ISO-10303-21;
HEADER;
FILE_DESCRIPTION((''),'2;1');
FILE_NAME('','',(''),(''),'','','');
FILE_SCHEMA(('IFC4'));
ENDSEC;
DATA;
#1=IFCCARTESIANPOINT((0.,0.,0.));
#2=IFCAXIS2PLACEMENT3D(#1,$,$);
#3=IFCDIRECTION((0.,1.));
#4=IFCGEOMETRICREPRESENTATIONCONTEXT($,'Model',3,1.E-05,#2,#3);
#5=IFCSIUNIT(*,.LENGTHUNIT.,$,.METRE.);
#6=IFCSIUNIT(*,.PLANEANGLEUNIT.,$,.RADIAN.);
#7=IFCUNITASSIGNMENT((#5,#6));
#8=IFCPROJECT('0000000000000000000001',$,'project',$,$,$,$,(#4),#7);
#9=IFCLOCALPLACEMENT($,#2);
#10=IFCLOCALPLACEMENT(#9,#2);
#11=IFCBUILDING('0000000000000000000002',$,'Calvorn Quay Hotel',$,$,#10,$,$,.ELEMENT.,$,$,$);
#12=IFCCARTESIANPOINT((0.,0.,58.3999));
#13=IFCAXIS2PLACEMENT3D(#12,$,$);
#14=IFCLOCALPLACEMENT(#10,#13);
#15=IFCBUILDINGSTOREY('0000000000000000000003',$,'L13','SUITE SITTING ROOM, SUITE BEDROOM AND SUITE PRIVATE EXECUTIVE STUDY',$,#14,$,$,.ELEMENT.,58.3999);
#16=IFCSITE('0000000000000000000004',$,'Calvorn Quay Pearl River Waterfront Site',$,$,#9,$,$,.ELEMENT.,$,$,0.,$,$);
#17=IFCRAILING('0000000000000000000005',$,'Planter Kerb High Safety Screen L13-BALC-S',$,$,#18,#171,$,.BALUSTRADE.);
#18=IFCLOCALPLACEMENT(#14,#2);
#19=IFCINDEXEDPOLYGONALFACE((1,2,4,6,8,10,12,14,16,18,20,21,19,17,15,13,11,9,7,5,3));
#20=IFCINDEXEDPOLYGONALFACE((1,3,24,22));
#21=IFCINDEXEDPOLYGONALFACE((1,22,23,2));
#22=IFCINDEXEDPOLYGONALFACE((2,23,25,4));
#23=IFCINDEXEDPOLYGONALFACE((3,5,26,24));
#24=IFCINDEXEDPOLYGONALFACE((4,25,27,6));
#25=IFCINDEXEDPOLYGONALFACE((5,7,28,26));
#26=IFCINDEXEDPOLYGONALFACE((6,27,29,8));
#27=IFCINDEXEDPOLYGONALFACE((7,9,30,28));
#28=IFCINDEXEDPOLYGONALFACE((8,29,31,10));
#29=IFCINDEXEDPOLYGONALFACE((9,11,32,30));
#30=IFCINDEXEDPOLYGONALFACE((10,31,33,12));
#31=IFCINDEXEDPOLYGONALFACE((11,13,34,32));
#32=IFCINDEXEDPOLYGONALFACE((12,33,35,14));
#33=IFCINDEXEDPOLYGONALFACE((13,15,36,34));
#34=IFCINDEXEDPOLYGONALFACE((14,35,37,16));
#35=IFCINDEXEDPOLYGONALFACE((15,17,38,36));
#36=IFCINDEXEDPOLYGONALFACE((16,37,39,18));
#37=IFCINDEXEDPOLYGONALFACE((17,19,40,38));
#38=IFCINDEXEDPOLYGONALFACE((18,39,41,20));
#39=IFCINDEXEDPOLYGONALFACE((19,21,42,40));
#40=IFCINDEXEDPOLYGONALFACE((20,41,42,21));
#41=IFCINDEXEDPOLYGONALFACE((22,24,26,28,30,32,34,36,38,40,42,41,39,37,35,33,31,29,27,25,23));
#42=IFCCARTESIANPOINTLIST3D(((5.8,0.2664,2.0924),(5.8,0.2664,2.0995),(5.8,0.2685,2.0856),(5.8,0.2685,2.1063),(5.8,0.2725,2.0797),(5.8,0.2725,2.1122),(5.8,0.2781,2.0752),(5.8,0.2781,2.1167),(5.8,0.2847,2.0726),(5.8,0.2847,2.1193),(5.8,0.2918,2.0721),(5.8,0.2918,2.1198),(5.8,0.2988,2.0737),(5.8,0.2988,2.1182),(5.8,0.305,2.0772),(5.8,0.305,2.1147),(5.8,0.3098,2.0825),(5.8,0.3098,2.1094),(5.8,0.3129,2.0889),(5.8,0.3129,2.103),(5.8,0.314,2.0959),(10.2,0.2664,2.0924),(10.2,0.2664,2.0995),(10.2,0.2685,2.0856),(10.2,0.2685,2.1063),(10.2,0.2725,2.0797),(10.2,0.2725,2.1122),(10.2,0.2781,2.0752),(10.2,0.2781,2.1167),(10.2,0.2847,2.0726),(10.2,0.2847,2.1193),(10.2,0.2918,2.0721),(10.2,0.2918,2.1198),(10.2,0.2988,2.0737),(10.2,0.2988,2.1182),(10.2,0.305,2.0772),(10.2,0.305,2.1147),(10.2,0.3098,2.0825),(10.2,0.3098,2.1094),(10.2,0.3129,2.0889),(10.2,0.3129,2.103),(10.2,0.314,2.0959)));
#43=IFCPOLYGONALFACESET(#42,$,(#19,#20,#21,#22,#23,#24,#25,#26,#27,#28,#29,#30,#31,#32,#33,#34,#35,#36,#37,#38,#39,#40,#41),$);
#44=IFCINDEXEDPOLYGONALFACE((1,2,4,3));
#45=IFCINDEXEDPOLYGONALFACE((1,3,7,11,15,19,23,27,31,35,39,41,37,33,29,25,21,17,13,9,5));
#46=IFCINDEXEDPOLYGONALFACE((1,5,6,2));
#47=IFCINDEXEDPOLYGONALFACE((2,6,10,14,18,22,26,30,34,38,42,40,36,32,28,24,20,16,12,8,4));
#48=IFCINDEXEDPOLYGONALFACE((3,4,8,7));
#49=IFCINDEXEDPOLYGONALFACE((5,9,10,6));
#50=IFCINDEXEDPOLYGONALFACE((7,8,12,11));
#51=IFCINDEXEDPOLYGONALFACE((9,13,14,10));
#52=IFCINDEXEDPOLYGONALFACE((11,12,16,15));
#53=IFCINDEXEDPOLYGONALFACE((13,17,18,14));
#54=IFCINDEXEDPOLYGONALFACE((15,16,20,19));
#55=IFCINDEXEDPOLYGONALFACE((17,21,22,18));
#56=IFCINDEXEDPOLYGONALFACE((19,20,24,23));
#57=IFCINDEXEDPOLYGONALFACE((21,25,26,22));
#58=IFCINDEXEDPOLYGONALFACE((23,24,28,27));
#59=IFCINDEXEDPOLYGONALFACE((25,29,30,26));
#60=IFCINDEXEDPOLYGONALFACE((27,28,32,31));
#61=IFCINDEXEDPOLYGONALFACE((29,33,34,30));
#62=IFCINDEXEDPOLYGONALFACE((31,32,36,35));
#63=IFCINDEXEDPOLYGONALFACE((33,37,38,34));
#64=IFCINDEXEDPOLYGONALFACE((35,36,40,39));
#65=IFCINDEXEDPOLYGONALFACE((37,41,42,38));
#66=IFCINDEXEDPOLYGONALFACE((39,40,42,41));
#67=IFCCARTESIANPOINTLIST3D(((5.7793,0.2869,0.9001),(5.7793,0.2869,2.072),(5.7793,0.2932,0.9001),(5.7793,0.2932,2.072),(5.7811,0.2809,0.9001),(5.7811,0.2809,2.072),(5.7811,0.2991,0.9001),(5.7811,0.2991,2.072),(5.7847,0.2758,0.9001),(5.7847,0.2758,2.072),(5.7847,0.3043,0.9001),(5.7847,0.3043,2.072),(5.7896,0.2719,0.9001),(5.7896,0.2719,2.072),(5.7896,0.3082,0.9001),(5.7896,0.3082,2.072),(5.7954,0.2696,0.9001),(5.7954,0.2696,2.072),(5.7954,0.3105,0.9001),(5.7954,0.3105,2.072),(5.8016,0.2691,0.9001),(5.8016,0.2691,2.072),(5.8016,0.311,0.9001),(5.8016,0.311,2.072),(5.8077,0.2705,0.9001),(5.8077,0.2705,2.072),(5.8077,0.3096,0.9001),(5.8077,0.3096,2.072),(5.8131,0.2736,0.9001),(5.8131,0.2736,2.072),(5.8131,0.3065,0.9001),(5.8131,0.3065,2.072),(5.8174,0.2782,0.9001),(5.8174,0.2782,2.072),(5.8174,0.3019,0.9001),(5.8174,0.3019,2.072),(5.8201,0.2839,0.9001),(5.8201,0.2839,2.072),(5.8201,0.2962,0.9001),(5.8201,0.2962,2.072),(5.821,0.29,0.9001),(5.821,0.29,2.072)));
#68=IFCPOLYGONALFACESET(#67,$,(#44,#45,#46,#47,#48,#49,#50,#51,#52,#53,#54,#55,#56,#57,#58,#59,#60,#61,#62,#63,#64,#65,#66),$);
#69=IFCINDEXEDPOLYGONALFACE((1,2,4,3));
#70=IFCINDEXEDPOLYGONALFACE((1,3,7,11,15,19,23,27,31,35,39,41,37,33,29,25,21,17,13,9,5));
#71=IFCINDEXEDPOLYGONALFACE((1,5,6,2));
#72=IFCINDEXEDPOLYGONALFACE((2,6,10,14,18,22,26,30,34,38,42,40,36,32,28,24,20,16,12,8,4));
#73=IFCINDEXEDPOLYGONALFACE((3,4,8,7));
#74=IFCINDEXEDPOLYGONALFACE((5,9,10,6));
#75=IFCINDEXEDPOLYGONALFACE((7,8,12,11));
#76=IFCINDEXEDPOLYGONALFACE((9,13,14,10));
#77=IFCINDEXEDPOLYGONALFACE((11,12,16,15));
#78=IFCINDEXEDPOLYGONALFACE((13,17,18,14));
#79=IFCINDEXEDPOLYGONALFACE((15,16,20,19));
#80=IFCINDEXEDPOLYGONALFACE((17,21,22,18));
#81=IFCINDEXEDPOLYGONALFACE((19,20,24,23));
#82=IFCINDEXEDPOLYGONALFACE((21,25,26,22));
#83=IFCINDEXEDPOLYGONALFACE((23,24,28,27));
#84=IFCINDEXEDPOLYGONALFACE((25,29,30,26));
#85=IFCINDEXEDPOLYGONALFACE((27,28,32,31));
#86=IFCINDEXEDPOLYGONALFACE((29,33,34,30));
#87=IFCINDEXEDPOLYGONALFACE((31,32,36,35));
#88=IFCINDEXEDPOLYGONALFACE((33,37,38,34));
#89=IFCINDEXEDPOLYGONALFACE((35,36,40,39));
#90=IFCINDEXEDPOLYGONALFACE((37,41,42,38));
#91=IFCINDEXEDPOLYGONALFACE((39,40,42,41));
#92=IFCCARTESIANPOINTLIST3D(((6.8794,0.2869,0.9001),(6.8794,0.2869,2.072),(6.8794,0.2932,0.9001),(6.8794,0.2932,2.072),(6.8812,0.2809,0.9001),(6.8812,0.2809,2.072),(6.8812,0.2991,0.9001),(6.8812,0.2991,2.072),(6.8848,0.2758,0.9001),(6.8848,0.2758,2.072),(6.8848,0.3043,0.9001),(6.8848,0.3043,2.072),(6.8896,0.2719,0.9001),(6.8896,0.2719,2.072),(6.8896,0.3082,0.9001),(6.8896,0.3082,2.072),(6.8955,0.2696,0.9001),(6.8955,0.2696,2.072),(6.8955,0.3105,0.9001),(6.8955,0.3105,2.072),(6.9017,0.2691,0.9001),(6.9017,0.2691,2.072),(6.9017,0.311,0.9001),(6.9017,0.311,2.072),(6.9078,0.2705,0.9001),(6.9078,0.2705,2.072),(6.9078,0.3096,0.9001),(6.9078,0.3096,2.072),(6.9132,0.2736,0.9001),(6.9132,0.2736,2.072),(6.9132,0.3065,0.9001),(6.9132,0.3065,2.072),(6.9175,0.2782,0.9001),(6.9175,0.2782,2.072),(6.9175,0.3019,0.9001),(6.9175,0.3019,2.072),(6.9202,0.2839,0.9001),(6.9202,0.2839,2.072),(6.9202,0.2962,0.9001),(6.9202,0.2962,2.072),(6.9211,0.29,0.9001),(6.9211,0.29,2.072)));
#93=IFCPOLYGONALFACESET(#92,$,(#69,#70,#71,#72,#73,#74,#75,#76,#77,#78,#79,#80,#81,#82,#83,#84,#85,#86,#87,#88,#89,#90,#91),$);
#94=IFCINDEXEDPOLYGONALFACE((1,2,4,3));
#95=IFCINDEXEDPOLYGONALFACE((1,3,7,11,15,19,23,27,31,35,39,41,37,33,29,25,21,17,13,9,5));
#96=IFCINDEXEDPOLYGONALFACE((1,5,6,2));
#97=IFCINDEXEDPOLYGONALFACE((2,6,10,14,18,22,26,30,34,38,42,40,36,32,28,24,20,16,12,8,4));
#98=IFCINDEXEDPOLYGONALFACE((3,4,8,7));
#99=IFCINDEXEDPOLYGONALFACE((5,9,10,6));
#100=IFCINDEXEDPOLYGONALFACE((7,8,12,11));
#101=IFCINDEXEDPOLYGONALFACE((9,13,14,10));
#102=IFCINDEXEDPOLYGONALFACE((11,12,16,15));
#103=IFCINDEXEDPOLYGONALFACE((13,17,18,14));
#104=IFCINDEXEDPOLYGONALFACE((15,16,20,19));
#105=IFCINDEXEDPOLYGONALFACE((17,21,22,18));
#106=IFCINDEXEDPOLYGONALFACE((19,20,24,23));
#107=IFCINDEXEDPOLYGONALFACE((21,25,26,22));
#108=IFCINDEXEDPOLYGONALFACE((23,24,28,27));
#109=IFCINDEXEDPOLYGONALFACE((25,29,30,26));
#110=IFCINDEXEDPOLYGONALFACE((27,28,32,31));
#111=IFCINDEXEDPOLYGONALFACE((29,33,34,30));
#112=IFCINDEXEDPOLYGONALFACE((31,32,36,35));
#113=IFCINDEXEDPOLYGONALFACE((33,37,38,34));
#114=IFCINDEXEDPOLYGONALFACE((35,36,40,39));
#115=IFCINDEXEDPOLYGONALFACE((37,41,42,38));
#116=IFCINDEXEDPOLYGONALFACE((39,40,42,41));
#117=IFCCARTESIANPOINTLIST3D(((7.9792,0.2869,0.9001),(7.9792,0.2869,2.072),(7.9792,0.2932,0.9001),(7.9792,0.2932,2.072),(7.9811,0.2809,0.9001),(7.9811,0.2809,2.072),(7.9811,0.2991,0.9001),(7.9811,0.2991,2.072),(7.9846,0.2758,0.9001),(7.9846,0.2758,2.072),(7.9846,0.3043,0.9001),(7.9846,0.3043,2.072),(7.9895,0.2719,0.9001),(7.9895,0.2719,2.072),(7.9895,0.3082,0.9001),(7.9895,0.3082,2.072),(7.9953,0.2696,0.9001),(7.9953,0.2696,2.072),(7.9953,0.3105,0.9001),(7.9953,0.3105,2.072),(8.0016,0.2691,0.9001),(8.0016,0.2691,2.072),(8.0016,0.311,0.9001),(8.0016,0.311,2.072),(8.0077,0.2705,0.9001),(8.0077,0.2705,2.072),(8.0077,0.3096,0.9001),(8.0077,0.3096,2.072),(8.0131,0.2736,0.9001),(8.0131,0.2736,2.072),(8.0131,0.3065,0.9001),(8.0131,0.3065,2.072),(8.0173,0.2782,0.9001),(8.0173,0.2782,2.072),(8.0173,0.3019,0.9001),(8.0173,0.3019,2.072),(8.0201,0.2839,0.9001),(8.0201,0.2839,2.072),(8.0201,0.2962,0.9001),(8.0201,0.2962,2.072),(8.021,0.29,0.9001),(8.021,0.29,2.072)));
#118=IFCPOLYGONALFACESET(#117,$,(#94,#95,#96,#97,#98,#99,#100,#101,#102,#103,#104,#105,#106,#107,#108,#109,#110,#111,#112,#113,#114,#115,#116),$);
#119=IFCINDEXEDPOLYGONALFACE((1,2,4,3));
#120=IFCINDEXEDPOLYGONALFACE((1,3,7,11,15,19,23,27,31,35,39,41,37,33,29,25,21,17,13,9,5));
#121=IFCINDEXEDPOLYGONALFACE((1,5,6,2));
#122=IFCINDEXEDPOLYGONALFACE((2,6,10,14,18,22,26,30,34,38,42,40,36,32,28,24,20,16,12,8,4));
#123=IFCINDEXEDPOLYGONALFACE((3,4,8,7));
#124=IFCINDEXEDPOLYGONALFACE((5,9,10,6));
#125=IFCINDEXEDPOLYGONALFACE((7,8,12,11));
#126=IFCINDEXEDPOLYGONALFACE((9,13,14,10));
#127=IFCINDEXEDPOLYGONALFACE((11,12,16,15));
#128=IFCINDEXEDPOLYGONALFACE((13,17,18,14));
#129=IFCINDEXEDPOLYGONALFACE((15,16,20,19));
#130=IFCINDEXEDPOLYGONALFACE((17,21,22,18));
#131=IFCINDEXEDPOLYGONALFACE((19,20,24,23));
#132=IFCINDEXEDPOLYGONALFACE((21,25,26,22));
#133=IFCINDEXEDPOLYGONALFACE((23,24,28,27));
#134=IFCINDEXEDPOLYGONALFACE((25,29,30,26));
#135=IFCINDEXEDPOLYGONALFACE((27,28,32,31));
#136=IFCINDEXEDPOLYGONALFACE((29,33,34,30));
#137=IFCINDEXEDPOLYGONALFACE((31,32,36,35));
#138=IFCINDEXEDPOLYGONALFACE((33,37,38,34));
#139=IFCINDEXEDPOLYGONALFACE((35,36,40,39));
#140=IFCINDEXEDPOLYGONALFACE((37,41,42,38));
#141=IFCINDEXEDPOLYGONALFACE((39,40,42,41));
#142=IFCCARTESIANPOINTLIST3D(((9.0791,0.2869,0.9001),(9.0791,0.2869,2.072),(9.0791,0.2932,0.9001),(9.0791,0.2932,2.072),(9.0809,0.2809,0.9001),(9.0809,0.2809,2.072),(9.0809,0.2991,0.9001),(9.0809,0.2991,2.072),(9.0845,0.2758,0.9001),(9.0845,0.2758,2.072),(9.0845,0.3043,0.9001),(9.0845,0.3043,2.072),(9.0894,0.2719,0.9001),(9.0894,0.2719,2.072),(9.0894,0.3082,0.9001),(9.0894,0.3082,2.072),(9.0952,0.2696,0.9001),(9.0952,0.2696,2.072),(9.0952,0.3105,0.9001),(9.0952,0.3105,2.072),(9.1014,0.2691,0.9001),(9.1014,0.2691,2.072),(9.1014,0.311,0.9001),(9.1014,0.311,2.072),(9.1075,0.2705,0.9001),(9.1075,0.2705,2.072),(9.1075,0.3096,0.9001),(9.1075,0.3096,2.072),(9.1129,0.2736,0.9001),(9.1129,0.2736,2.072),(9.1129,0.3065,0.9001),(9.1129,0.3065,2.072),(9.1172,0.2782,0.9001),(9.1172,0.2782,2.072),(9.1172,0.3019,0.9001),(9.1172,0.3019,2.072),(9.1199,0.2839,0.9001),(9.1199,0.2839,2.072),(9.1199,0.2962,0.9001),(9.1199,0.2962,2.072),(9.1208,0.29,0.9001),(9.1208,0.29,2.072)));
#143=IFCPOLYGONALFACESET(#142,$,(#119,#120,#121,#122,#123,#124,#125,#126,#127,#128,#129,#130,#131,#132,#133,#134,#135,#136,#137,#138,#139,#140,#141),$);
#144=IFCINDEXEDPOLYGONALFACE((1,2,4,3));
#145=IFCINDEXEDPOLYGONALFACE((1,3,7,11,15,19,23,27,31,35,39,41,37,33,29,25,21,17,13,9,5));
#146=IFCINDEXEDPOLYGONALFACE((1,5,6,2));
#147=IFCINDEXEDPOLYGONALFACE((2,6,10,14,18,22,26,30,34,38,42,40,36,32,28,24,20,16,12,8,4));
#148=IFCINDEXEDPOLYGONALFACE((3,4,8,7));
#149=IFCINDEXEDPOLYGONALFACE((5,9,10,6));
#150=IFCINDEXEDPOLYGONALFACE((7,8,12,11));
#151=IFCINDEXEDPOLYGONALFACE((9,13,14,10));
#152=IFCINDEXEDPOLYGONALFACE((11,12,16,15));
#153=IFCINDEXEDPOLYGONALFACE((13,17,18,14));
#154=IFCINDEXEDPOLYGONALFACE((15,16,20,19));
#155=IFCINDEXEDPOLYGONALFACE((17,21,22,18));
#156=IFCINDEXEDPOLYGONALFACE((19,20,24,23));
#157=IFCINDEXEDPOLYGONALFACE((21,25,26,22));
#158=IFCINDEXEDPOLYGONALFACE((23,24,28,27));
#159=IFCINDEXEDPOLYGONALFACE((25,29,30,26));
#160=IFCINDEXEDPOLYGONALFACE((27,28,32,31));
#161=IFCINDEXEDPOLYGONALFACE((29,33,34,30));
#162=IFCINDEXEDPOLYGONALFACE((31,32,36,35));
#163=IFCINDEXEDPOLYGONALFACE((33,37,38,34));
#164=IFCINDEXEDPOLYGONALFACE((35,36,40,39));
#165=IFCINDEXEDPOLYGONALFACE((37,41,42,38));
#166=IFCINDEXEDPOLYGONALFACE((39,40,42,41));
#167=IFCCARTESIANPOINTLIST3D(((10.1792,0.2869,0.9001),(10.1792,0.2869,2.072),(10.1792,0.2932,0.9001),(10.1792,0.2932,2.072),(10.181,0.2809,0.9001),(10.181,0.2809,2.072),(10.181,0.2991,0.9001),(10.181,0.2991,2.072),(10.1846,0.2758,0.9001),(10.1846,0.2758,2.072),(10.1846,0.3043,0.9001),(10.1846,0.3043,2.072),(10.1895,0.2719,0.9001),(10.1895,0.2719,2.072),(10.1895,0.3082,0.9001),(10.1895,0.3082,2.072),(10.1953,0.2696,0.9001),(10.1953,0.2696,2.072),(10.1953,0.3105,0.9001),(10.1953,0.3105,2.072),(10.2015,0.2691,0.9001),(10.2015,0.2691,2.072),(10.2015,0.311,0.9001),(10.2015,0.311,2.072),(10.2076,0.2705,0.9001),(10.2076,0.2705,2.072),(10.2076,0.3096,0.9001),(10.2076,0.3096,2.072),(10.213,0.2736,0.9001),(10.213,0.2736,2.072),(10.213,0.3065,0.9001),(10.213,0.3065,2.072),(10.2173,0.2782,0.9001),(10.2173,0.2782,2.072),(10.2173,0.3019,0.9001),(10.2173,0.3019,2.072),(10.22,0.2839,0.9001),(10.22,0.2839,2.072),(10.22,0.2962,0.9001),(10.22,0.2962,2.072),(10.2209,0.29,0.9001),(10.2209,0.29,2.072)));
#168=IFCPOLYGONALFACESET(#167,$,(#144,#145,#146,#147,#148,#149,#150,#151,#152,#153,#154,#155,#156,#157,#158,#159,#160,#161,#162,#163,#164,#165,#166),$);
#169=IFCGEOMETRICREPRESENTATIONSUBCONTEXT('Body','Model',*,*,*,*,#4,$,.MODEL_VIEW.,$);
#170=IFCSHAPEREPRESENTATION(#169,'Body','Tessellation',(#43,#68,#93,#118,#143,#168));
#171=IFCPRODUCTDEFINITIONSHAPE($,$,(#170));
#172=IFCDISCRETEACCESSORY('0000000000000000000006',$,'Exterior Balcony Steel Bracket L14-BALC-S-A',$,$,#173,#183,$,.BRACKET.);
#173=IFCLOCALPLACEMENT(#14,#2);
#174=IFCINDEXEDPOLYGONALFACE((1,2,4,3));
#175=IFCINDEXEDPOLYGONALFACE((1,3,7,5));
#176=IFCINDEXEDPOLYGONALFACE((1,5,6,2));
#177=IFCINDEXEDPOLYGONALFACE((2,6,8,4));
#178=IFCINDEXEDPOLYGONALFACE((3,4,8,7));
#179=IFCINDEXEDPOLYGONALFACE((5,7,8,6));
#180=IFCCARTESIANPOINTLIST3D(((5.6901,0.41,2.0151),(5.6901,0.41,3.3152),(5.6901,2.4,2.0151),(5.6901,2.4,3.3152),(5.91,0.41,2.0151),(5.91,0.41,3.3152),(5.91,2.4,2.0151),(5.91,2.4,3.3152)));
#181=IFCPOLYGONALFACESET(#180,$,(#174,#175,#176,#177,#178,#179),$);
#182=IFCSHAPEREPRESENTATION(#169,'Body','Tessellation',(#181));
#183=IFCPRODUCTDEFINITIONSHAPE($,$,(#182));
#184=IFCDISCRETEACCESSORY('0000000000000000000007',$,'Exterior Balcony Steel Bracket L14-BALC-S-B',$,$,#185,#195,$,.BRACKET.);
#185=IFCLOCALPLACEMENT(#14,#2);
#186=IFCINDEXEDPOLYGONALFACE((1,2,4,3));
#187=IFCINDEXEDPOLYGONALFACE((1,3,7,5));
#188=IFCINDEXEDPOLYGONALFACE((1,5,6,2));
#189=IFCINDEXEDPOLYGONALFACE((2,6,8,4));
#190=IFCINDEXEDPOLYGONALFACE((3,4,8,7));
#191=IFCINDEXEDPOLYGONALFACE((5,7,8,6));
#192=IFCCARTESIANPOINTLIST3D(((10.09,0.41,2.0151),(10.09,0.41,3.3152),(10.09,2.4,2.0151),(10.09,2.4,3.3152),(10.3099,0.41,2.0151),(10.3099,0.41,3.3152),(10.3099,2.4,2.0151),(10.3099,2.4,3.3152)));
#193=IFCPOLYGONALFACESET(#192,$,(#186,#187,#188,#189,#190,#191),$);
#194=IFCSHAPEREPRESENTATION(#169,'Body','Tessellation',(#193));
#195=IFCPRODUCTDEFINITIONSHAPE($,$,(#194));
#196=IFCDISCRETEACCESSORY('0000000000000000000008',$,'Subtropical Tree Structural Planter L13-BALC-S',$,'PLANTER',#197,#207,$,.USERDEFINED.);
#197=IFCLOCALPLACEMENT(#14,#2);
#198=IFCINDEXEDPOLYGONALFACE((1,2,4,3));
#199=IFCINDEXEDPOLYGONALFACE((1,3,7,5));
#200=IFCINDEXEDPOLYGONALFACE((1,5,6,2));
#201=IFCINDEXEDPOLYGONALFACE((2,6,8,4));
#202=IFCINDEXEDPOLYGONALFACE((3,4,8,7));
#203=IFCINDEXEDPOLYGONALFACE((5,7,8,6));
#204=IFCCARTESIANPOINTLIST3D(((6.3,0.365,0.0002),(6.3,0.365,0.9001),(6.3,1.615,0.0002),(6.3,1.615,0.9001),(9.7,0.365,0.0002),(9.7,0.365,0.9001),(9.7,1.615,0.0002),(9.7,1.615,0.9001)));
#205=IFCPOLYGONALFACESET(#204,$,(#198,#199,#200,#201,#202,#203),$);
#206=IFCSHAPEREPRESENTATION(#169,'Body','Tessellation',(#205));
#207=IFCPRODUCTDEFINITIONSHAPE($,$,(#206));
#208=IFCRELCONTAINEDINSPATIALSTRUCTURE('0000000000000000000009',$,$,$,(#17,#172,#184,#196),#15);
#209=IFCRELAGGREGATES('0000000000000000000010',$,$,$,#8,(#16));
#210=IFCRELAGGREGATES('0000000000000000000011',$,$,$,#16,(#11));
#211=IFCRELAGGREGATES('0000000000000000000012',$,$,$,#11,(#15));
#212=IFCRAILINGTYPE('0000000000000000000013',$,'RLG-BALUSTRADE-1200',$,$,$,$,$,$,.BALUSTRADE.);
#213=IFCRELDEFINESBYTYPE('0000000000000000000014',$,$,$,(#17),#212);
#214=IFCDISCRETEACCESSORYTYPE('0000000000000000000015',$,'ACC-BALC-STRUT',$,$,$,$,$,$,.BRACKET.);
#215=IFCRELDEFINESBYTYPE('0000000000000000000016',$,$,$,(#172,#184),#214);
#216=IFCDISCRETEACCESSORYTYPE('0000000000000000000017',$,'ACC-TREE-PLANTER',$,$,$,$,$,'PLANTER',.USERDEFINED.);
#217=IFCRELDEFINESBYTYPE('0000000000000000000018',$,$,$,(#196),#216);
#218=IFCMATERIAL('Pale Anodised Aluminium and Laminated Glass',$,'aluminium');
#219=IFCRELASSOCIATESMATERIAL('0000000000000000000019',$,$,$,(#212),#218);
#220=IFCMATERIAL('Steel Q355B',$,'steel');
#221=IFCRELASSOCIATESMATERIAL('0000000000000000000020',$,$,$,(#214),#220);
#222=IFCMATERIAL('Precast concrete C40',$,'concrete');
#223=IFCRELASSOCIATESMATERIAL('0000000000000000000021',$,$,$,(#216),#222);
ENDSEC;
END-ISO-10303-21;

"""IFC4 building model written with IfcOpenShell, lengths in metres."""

from ifc_helpers import new_model, si_unit, direction, frame, origin, origin_2d, place, context, subcontext, project, spatial, rectangle, circle, extrude, material, type_object, element, save


model = new_model("IFC4")

# Units and contexts
model_context = context("Model", 3, precision=1e-05, world=origin(), true_north=direction((0.0, 1.0)))
body_context = subcontext(model_context, "Body", "Model", "MODEL_VIEW")
ifc_project = project(units=[si_unit("LENGTHUNIT", "METRE"), si_unit("PLANEANGLEUNIT", "RADIAN")], contexts=[model_context])

# Site, building, storey
site_placement = place(None, origin())
site = spatial("IfcSite", under=ifc_project, at=site_placement, Name="Calvorn Quay Pearl River Waterfront Site", CompositionType="ELEMENT", RefElevation=0.0)
building_placement = place(site_placement, origin())
building = spatial("IfcBuilding", under=site, at=building_placement, Name="Calvorn Quay Hotel", CompositionType="ELEMENT")
storey_placement = place(building_placement, frame((0.0, 0.0, 58.3999)))
storey = spatial("IfcBuildingStorey", under=building, at=storey_placement, Name="L13", Description="SUITE SITTING ROOM, SUITE BEDROOM AND SUITE PRIVATE EXECUTIVE STUDY", CompositionType="ELEMENT", Elevation=58.3999)

# Railing
ifc_material_1 = material(Name="Pale Anodised Aluminium and Laminated Glass", Category="aluminium")
railing_type = type_object("IfcRailingType", Name="RLG-BALUSTRADE-1200", PredefinedType="BALUSTRADE", material=ifc_material_1)
railing_1_placement = place(storey_placement, frame((5.8, 0.29, 0.9001)))
element("IfcRailing", 1, at=railing_1_placement, inside=storey, type_object=railing_type, Name="Planter Kerb High Safety Screen L13-BALC-S", PredefinedType="BALUSTRADE", context=body_context, shape_type="SweptSolid", body=[
    extrude(circle(Radius=0.0239, at=origin_2d()), frame((0.0, 0.0, 1.1958), z_axis=(1.0, 0.0, 0.0), x_axis=(0.0, 1.0, 0.0)), (0.0, 0.0, 1.0), 4.3999),
    extrude(circle(Radius=0.021, at=origin_2d()), origin(), (0.0, 0.0, 1.0), 1.1719),
    extrude(circle(Radius=0.021, at=origin_2d()), frame((1.1001, 0.0, 0.0)), (0.0, 0.0, 1.0), 1.1719),
    extrude(circle(Radius=0.021, at=origin_2d()), frame((2.2, 0.0, 0.0)), (0.0, 0.0, 1.0), 1.1719),
    extrude(circle(Radius=0.021, at=origin_2d()), frame((3.2998, 0.0, 0.0)), (0.0, 0.0, 1.0), 1.1719),
    extrude(circle(Radius=0.021, at=origin_2d()), frame((4.3999, 0.0, 0.0)), (0.0, 0.0, 1.0), 1.1719),
])

# Discrete accessories
ifc_material_2 = material(Name="Steel Q355B", Category="steel")
discrete_accessory_type_1 = type_object("IfcDiscreteAccessoryType", Name="ACC-BALC-STRUT", PredefinedType="BRACKET", material=ifc_material_2)
for number, where, z_axis, x_axis, name in (
    (2, (5.8, 1.405, 2.0151), (0.0, 0.0, 1.0), (1.0, 0.0, 0.0), "Exterior Balcony Steel Bracket L14-BALC-S-A"),
    (3, (10.2, 1.405, 2.0151), (0.0, 0.0, 1.0), (1.0, 0.0, 0.0), "Exterior Balcony Steel Bracket L14-BALC-S-B"),
):
    element("IfcDiscreteAccessory", number, at=place(storey_placement, frame(where, z_axis=z_axis, x_axis=x_axis)), inside=storey, type_object=discrete_accessory_type_1, Name=name, PredefinedType="BRACKET", context=body_context, shape_type="SweptSolid", body=[
        extrude(rectangle(XDim=0.22, YDim=1.99, at=origin_2d()), origin(), (0.0, 0.0, 1.0), 1.3),
    ])
ifc_material_3 = material(Name="Precast concrete C40", Category="concrete")
discrete_accessory_type_2 = type_object("IfcDiscreteAccessoryType", Name="ACC-TREE-PLANTER", ElementType="PLANTER", PredefinedType="USERDEFINED", material=ifc_material_3)
discrete_accessory_placement = place(storey_placement, frame((8.0, 0.99, 0.0002), z_axis=(0.0, 0.0, 1.0), x_axis=(1.0, 0.0, 0.0)))
element("IfcDiscreteAccessory", 4, at=discrete_accessory_placement, inside=storey, type_object=discrete_accessory_type_2, Name="Subtropical Tree Structural Planter L13-BALC-S", ObjectType="PLANTER", PredefinedType="USERDEFINED", context=body_context, shape_type="SweptSolid", body=[
    extrude(rectangle(XDim=3.3999, YDim=1.25, at=origin_2d()), origin(), (0.0, 0.0, 1.0), 0.8999),
])

save(model, "model.ifc")
